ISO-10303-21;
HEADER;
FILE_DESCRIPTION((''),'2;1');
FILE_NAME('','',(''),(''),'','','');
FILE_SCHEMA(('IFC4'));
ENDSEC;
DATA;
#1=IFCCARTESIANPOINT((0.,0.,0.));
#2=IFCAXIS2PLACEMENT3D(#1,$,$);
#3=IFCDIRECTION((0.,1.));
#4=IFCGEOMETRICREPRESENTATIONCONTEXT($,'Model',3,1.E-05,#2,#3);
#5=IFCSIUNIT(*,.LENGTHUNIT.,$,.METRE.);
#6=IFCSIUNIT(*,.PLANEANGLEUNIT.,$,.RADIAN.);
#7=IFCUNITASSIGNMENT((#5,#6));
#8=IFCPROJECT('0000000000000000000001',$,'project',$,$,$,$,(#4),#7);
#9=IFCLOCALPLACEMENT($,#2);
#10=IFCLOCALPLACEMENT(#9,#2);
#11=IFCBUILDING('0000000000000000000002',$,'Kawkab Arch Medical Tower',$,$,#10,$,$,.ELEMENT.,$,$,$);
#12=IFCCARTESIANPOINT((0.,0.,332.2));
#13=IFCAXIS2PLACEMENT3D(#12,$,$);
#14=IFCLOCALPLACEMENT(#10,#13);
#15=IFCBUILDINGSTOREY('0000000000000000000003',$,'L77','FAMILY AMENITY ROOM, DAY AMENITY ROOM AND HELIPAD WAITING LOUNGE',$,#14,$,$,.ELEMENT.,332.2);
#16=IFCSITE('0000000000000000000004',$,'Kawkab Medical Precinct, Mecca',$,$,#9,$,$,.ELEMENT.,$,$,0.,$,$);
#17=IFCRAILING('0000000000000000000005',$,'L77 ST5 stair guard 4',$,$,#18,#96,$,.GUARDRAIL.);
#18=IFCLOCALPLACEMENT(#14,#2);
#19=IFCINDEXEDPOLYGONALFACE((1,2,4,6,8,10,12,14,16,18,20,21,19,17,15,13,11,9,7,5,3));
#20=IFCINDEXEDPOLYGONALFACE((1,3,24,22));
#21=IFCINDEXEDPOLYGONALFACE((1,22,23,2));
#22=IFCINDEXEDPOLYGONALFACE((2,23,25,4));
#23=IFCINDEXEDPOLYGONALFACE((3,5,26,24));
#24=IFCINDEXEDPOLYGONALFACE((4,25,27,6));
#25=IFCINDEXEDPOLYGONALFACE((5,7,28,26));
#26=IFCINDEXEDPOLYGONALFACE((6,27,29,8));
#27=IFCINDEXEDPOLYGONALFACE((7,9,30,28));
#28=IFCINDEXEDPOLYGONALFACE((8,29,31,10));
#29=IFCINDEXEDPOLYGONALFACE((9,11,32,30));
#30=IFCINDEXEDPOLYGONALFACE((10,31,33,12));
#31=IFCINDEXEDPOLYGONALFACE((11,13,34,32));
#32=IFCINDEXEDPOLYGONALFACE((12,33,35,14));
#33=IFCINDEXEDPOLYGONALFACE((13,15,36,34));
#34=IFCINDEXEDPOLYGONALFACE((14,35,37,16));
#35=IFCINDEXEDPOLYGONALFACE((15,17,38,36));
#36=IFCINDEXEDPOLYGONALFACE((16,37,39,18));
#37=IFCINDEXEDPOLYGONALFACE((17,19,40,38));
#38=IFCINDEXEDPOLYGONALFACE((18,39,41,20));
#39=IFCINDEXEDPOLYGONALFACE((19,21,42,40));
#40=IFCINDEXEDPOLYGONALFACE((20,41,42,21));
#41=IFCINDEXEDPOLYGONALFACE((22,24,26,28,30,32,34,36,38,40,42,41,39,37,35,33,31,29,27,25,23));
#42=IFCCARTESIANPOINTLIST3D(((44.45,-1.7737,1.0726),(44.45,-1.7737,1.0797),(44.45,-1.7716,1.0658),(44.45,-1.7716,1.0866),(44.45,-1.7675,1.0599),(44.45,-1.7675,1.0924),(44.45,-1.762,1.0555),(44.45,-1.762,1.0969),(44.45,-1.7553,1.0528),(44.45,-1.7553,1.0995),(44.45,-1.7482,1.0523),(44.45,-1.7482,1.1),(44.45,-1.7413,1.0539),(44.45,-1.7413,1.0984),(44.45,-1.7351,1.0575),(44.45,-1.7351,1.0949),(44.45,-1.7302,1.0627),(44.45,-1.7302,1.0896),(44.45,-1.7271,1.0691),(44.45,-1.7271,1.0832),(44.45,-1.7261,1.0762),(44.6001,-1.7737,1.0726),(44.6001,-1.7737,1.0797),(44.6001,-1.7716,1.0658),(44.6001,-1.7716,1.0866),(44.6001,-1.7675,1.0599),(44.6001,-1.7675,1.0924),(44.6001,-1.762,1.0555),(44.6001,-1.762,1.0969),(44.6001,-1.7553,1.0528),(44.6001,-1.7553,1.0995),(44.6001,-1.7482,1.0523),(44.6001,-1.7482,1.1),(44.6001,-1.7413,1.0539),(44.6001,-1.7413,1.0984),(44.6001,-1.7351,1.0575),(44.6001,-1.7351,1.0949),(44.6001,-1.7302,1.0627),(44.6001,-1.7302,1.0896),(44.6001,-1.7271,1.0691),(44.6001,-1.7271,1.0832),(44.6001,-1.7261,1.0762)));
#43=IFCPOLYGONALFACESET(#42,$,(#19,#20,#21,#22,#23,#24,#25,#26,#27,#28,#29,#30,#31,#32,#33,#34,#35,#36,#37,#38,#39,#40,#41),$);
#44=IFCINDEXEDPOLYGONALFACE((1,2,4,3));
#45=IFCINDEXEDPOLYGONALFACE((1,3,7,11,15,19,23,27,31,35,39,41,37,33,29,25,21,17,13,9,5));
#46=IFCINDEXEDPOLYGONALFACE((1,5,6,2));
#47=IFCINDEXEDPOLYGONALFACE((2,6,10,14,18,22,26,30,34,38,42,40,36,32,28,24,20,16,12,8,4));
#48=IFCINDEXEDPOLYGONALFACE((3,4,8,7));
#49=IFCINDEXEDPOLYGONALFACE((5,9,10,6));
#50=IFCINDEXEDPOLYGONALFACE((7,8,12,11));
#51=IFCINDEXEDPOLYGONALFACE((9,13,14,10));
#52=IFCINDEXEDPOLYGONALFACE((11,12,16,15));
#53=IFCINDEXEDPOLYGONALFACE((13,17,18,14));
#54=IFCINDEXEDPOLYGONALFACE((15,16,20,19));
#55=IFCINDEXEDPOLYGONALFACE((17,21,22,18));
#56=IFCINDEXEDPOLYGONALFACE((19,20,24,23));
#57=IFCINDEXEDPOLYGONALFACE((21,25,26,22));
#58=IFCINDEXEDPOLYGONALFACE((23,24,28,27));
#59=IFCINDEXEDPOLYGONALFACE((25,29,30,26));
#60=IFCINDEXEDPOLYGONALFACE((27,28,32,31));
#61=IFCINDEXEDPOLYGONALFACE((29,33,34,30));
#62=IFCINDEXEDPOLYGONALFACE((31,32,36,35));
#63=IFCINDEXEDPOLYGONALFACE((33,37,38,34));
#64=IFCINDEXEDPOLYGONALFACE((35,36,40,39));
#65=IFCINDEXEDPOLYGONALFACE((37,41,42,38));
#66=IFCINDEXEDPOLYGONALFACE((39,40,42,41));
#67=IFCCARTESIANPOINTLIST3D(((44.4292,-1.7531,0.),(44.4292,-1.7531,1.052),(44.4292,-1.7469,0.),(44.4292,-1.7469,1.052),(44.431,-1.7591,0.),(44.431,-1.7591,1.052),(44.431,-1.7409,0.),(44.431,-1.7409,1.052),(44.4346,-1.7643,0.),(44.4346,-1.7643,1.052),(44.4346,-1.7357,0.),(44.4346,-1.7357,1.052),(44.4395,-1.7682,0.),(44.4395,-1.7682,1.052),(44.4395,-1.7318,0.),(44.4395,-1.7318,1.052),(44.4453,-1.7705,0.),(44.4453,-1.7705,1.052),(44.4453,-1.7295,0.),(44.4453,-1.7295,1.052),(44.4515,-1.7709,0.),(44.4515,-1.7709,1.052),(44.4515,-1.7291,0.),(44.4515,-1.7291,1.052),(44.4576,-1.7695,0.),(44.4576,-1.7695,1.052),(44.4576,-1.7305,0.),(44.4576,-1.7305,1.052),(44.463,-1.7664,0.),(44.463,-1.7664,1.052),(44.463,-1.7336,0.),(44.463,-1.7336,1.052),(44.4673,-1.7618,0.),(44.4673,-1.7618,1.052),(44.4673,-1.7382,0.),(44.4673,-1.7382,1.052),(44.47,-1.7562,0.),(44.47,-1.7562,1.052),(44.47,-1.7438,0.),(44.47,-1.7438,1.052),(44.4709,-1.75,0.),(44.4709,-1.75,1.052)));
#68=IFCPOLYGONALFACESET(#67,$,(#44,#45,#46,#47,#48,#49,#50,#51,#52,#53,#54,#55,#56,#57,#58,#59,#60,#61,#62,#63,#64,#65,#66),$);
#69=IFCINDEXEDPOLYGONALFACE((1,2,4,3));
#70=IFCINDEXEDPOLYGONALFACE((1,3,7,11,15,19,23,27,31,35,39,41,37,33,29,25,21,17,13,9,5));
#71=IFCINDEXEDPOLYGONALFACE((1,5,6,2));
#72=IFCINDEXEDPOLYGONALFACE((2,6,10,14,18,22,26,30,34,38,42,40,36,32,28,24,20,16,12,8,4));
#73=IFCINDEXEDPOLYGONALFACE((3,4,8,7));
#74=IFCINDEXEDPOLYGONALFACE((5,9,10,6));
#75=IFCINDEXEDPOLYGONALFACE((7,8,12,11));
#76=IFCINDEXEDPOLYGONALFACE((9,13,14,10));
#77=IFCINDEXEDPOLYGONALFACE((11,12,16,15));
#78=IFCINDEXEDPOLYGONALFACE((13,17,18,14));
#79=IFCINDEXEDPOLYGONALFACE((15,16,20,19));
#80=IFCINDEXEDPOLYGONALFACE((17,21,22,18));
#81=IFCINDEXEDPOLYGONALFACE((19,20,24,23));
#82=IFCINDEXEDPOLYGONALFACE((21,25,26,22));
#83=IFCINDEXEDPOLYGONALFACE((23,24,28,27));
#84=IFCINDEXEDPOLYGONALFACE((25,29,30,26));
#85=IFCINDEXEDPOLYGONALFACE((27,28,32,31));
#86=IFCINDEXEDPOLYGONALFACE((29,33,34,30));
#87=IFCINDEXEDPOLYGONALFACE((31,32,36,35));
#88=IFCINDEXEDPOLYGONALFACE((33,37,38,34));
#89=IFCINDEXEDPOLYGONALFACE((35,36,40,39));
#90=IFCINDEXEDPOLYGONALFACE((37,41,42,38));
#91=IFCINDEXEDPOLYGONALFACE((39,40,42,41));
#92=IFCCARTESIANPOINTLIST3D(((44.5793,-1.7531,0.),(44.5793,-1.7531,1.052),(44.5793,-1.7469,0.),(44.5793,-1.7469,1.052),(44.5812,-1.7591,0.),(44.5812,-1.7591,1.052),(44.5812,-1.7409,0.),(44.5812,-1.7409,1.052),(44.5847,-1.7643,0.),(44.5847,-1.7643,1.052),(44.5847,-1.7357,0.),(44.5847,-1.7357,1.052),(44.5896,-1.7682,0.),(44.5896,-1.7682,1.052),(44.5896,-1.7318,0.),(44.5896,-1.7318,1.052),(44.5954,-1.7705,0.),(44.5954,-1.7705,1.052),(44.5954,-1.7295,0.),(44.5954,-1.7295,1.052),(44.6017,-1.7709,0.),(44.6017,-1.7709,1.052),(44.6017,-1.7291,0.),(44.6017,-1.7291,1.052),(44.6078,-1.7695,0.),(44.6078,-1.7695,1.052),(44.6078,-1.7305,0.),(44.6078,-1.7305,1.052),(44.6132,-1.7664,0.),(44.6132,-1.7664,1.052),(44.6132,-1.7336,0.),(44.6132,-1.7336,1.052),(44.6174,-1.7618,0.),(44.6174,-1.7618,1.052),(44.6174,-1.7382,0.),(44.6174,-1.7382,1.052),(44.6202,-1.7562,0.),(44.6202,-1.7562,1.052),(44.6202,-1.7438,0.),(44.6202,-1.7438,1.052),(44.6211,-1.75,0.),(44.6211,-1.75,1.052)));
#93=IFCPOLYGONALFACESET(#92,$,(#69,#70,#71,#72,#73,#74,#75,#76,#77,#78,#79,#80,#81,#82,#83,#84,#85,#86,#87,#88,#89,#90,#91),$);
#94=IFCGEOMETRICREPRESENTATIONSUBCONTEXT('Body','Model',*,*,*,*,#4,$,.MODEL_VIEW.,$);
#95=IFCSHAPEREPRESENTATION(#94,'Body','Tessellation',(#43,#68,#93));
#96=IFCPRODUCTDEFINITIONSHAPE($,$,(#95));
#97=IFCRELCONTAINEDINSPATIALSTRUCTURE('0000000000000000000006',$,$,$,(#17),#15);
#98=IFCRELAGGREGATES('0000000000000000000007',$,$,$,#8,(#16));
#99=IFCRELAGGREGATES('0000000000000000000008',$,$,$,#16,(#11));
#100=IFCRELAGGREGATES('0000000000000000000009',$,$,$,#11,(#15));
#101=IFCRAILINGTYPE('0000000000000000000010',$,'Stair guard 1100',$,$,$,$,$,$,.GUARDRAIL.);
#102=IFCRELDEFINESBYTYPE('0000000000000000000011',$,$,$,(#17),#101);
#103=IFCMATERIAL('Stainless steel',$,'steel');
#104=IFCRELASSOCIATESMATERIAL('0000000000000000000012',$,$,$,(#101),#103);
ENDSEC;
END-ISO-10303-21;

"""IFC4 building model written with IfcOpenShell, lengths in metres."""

from ifc_helpers import new_model, si_unit, direction, frame, origin, origin_2d, place, context, subcontext, project, spatial, circle, extrude, material, type_object, element, save


model = new_model("IFC4")

# Units and contexts
model_context = context("Model", 3, precision=1e-05, world=origin(), true_north=direction((0.0, 1.0)))
body_context = subcontext(model_context, "Body", "Model", "MODEL_VIEW")
ifc_project = project(units=[si_unit("LENGTHUNIT", "METRE"), si_unit("PLANEANGLEUNIT", "RADIAN")], contexts=[model_context])

# Site, building, storey
site_placement = place(None, origin())
site = spatial("IfcSite", under=ifc_project, at=site_placement, Name="Kawkab Medical Precinct, Mecca", CompositionType="ELEMENT", RefElevation=0.0)
building_placement = place(site_placement, origin())
building = spatial("IfcBuilding", under=site, at=building_placement, Name="Kawkab Arch Medical Tower", CompositionType="ELEMENT")
storey_placement = place(building_placement, frame((0.0, 0.0, 332.2)))
storey = spatial("IfcBuildingStorey", under=building, at=storey_placement, Name="L77", Description="FAMILY AMENITY ROOM, DAY AMENITY ROOM AND HELIPAD WAITING LOUNGE", CompositionType="ELEMENT", Elevation=332.2)

# Railing
ifc_material_1 = material(Name="Stainless steel", Category="steel")
railing_type = type_object("IfcRailingType", Name="Stair guard 1100", PredefinedType="GUARDRAIL", material=ifc_material_1)
railing_1_placement = place(storey_placement, frame((44.45, -1.75, 0.0)))
element("IfcRailing", 1, at=railing_1_placement, inside=storey, type_object=railing_type, Name="L77 ST5 stair guard 4", PredefinedType="GUARDRAIL", context=body_context, shape_type="SweptSolid", body=[
    extrude(circle(Radius=0.0239, at=origin_2d()), frame((0.0, 0.0, 1.0762), z_axis=(1.0, 0.0, 0.0), x_axis=(0.0, 1.0, 0.0)), (0.0, 0.0, 1.0), 0.1501),
    extrude(circle(Radius=0.021, at=origin_2d()), origin(), (0.0, 0.0, 1.0), 1.052),
    extrude(circle(Radius=0.021, at=origin_2d()), frame((0.1501, 0.0, 0.0)), (0.0, 0.0, 1.0), 1.052),
])

save(model, "model.ifc")
